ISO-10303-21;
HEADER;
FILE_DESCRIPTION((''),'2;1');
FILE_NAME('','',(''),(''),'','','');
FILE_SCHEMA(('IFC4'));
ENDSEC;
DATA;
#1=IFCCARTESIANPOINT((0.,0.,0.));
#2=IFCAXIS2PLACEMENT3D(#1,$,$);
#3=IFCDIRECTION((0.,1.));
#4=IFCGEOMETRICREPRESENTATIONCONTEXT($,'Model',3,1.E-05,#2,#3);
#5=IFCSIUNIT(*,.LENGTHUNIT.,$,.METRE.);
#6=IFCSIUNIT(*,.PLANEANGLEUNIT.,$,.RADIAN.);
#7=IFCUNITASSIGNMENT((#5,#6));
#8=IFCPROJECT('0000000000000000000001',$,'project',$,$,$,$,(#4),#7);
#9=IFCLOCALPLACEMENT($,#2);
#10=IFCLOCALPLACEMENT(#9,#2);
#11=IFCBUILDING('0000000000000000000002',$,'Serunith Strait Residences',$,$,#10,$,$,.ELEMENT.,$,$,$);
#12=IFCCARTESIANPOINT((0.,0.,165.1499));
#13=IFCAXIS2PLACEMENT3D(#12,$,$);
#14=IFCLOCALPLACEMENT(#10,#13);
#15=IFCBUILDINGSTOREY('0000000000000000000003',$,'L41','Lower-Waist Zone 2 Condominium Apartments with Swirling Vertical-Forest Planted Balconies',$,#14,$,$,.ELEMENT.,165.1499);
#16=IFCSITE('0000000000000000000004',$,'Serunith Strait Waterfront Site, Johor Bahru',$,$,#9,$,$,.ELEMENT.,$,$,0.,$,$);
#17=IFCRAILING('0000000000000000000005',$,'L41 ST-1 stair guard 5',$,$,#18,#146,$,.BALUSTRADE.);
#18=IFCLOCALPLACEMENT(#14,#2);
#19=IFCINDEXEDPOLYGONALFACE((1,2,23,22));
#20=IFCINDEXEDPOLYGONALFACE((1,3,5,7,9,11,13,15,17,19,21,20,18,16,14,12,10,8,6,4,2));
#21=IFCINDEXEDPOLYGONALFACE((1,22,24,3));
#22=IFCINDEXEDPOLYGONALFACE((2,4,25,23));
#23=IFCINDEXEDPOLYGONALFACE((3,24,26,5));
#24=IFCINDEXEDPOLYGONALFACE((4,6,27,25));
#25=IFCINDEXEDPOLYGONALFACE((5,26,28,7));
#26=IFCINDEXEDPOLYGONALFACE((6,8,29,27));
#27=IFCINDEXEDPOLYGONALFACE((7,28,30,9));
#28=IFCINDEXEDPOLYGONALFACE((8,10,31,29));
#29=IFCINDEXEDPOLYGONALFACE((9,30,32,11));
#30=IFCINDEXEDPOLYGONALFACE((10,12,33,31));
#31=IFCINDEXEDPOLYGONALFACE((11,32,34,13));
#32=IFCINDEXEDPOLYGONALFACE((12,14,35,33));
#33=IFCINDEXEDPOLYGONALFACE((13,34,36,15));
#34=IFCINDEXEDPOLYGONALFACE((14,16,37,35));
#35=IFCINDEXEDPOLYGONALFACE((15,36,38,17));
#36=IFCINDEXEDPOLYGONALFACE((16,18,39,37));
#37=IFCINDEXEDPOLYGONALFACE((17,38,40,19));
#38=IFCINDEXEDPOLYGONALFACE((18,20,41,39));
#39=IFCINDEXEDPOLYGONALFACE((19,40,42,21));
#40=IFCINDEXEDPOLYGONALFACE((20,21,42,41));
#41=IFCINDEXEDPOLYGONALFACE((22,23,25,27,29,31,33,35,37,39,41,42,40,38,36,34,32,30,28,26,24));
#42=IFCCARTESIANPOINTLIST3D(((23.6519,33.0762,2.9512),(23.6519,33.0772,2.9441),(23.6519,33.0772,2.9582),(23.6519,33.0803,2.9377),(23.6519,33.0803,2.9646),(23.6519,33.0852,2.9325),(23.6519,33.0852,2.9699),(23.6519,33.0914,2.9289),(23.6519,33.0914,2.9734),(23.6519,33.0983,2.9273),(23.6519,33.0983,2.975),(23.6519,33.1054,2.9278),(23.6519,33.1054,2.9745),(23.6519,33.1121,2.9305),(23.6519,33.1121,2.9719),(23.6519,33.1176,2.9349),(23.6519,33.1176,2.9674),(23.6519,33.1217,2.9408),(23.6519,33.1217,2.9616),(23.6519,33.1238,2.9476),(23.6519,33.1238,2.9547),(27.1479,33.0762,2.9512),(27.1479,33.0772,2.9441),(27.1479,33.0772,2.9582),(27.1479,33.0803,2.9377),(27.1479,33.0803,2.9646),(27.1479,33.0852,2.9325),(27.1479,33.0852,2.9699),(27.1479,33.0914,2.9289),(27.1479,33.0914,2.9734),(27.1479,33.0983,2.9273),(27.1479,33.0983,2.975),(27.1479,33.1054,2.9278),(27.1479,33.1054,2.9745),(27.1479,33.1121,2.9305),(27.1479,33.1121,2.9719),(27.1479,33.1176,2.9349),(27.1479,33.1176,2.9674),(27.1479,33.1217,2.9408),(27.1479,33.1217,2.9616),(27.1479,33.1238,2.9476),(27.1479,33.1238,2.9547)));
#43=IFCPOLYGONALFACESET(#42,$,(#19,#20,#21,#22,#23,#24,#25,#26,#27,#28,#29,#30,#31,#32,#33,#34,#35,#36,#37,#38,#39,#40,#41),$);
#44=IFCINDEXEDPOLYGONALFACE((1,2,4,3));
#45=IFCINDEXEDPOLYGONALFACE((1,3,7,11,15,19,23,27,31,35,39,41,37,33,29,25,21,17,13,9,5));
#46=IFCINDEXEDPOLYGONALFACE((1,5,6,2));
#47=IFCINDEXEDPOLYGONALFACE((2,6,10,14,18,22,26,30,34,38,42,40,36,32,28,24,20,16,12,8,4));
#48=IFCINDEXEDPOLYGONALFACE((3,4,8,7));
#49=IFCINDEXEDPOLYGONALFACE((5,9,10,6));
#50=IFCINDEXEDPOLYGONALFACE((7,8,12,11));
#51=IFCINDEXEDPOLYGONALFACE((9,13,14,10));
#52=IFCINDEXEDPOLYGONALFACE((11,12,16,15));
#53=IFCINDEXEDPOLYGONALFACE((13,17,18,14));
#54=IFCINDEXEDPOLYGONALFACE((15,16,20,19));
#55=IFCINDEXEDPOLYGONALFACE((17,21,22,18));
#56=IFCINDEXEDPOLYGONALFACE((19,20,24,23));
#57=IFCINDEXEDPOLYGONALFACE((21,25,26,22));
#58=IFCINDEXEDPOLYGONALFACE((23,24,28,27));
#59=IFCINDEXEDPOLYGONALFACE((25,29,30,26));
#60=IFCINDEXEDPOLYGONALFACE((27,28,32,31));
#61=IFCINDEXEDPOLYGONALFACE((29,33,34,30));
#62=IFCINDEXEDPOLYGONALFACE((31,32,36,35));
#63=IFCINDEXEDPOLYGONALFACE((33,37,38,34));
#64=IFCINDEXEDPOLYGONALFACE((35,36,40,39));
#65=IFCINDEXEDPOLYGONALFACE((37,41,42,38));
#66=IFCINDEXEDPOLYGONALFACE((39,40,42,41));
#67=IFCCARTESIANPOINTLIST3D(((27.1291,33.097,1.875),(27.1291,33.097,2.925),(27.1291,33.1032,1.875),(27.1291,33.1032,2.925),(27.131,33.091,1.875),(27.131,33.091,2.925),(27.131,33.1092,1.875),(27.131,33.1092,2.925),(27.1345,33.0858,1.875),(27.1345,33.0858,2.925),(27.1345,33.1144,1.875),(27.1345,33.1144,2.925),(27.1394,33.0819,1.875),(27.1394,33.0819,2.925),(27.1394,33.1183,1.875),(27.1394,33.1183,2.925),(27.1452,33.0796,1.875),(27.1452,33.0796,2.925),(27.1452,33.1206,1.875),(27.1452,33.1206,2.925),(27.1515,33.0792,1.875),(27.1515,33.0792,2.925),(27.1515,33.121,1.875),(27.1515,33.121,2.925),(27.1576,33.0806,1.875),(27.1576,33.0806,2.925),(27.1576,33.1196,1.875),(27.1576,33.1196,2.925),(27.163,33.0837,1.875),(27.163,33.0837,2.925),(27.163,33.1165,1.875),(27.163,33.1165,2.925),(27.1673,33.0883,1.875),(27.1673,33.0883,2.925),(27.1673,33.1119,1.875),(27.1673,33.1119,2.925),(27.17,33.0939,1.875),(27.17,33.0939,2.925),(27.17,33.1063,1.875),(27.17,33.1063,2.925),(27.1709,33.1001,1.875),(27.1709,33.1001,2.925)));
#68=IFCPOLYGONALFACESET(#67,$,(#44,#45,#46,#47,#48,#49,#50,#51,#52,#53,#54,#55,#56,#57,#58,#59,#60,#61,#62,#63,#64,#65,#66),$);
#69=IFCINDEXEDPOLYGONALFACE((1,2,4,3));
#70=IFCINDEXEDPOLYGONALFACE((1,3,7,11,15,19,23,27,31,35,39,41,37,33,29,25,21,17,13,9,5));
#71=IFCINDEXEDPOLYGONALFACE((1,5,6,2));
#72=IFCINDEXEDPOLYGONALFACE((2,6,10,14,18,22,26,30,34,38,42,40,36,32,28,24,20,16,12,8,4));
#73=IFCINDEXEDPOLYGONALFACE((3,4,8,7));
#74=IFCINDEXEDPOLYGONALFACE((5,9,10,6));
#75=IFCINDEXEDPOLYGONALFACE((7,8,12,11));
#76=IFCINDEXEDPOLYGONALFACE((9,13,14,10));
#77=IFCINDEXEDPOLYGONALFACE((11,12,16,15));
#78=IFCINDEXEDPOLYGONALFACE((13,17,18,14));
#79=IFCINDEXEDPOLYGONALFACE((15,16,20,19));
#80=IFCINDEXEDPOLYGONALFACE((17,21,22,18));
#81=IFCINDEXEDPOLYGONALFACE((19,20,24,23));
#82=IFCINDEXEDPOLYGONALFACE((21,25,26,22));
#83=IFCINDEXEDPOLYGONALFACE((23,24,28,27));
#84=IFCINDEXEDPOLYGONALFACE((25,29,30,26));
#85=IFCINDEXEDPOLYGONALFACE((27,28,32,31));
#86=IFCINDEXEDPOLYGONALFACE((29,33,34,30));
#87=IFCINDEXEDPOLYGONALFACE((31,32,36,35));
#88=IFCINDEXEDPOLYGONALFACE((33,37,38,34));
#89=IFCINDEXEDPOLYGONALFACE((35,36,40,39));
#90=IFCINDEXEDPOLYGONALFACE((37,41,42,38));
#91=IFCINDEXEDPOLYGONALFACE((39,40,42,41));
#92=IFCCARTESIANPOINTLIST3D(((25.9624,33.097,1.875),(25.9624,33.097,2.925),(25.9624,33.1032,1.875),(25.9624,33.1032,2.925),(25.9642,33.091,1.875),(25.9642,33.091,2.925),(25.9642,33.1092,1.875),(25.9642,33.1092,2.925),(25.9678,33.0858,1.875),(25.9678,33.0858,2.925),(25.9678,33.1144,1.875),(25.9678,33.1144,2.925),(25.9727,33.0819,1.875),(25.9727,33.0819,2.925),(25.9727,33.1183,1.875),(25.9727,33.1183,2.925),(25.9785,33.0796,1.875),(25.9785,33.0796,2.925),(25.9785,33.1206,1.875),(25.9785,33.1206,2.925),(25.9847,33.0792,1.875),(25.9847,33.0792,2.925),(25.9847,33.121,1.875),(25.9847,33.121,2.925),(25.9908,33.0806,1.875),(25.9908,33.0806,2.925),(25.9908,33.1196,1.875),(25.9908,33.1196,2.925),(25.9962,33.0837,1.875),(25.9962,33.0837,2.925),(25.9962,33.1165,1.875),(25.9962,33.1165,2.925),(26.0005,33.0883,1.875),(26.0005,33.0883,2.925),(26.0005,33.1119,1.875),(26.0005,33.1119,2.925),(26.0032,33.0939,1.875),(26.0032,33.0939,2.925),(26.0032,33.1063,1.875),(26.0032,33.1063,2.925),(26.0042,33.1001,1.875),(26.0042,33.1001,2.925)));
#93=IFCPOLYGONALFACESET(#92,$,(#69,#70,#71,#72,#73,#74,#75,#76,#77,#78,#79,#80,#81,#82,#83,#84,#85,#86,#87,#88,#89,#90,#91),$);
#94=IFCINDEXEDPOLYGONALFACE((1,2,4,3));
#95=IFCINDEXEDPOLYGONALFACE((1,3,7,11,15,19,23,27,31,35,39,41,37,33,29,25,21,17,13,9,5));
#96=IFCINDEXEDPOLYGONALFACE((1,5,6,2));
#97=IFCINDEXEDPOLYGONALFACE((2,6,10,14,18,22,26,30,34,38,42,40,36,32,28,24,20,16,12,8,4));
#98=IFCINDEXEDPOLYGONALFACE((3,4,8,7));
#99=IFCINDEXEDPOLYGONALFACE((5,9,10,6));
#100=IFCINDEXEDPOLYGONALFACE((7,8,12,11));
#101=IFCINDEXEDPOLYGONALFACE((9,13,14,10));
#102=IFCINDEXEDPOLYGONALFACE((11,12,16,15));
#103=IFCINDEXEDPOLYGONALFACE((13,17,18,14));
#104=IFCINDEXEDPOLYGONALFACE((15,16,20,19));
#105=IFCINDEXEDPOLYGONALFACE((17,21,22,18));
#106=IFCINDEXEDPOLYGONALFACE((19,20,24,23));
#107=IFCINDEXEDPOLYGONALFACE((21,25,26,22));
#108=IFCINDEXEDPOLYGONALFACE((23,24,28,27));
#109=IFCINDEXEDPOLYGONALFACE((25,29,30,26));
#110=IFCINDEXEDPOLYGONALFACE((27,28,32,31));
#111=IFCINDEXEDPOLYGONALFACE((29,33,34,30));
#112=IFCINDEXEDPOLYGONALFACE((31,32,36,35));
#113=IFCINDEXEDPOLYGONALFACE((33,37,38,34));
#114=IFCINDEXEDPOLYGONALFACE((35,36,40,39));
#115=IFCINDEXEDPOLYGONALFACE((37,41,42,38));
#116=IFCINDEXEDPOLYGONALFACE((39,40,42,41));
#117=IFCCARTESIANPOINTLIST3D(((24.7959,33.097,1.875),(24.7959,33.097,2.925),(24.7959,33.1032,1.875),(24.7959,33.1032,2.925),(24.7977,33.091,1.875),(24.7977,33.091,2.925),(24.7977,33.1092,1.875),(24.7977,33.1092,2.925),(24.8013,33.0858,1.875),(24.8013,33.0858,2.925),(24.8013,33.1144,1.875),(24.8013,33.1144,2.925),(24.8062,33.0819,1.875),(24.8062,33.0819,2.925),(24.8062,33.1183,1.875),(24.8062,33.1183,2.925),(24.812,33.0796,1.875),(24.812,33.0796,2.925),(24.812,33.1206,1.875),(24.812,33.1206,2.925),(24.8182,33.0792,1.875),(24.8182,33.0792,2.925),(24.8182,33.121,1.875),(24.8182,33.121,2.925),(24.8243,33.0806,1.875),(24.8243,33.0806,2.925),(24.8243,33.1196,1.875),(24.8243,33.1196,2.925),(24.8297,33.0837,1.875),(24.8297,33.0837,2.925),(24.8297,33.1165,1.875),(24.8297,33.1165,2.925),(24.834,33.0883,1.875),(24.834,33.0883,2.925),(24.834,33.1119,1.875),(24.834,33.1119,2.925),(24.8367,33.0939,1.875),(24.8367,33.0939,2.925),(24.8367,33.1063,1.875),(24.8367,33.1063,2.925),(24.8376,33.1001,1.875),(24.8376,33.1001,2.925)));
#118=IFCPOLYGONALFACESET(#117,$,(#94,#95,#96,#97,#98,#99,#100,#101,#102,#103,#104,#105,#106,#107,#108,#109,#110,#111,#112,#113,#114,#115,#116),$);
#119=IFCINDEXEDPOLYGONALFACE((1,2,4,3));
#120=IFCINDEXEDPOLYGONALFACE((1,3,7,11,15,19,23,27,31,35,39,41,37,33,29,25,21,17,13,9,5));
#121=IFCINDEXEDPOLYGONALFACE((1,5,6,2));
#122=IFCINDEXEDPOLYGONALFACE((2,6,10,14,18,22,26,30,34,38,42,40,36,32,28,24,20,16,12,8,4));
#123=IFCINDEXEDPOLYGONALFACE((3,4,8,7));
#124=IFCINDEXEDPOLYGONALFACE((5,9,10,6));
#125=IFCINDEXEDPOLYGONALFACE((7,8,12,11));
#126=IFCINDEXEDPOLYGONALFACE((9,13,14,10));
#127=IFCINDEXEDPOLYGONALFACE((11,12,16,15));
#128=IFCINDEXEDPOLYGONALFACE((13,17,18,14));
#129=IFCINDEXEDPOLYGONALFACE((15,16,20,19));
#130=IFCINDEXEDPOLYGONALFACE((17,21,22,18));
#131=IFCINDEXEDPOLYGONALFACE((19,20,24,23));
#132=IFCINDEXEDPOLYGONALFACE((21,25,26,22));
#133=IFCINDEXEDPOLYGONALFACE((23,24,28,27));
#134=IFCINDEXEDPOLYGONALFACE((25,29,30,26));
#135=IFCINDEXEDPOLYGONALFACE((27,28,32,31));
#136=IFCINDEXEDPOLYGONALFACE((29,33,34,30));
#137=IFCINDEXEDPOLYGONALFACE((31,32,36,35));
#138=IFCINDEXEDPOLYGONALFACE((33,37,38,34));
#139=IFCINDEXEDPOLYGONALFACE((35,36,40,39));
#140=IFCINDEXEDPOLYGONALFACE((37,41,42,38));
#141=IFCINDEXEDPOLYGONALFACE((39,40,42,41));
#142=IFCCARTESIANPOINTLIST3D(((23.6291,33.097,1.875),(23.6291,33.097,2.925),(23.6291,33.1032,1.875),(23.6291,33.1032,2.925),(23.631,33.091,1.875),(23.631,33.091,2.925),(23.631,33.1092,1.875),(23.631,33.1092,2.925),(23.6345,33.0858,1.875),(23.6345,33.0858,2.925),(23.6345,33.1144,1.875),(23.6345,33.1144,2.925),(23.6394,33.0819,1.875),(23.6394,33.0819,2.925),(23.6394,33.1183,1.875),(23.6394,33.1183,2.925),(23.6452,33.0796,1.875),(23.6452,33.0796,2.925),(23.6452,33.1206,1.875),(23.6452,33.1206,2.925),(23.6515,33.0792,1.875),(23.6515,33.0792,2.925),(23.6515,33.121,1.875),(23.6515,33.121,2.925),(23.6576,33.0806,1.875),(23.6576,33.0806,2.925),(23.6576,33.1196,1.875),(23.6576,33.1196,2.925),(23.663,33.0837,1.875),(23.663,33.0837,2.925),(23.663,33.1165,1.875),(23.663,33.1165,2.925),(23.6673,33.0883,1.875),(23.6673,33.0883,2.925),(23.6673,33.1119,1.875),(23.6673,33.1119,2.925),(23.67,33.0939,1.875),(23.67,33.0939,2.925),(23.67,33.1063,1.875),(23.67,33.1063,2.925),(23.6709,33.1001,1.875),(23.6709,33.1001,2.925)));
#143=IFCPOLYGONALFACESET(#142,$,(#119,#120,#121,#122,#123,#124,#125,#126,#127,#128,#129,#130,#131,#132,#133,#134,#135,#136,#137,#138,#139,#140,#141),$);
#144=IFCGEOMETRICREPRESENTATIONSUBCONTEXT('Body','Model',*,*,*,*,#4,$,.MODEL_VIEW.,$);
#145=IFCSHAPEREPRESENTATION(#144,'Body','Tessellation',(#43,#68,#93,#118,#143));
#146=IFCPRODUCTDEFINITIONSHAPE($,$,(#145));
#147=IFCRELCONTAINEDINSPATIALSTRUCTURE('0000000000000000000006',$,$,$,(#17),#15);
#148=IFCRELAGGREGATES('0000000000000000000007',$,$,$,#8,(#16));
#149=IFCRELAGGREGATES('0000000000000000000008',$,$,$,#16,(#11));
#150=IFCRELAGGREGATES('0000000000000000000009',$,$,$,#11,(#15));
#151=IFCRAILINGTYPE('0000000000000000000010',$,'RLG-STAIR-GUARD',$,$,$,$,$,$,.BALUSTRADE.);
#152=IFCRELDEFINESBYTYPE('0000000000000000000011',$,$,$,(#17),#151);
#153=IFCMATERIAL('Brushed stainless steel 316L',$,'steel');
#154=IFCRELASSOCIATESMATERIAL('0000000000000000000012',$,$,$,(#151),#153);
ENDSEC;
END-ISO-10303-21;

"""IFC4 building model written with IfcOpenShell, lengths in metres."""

from ifc_helpers import new_model, si_unit, direction, frame, origin, origin_2d, place, context, subcontext, project, spatial, circle, extrude, material, type_object, element, save


model = new_model("IFC4")

# Units and contexts
model_context = context("Model", 3, precision=1e-05, world=origin(), true_north=direction((0.0, 1.0)))
body_context = subcontext(model_context, "Body", "Model", "MODEL_VIEW")
ifc_project = project(units=[si_unit("LENGTHUNIT", "METRE"), si_unit("PLANEANGLEUNIT", "RADIAN")], contexts=[model_context])

# Site, building, storey
site_placement = place(None, origin())
site = spatial("IfcSite", under=ifc_project, at=site_placement, Name="Serunith Strait Waterfront Site, Johor Bahru", CompositionType="ELEMENT", RefElevation=0.0)
building_placement = place(site_placement, origin())
building = spatial("IfcBuilding", under=site, at=building_placement, Name="Serunith Strait Residences", CompositionType="ELEMENT")
storey_placement = place(building_placement, frame((0.0, 0.0, 165.1499)))
storey = spatial("IfcBuildingStorey", under=building, at=storey_placement, Name="L41", Description="Lower-Waist Zone 2 Condominium Apartments with Swirling Vertical-Forest Planted Balconies", CompositionType="ELEMENT", Elevation=165.1499)

# Railing
ifc_material_1 = material(Name="Brushed stainless steel 316L", Category="steel")
railing_type_1 = type_object("IfcRailingType", Name="RLG-STAIR-GUARD", PredefinedType="BALUSTRADE", material=ifc_material_1)
railing_1_placement = place(storey_placement, frame((27.1499, 33.1001, 1.875)))
element("IfcRailing", 1, at=railing_1_placement, inside=storey, type_object=railing_type_1, Name="L41 ST-1 stair guard 5", PredefinedType="BALUSTRADE", context=body_context, shape_type="SweptSolid", body=[
    extrude(circle(Radius=0.0239, at=origin_2d()), frame((-0.002, 0.0, 1.0762), z_axis=(-1.0, 0.0, 0.0), x_axis=(0.0, -1.0, 0.0)), (0.0, 0.0, 1.0), 3.4961),
    extrude(circle(Radius=0.021, at=origin_2d()), origin(), (0.0, 0.0, 1.0), 1.05),
    extrude(circle(Radius=0.021, at=origin_2d()), frame((-1.1667, 0.0, 0.0)), (0.0, 0.0, 1.0), 1.05),
    extrude(circle(Radius=0.021, at=origin_2d()), frame((-2.3333, 0.0, 0.0)), (0.0, 0.0, 1.0), 1.05),
    extrude(circle(Radius=0.021, at=origin_2d()), frame((-3.5, 0.0, 0.0)), (0.0, 0.0, 1.0), 1.05),
])

save(model, "model.ifc")
